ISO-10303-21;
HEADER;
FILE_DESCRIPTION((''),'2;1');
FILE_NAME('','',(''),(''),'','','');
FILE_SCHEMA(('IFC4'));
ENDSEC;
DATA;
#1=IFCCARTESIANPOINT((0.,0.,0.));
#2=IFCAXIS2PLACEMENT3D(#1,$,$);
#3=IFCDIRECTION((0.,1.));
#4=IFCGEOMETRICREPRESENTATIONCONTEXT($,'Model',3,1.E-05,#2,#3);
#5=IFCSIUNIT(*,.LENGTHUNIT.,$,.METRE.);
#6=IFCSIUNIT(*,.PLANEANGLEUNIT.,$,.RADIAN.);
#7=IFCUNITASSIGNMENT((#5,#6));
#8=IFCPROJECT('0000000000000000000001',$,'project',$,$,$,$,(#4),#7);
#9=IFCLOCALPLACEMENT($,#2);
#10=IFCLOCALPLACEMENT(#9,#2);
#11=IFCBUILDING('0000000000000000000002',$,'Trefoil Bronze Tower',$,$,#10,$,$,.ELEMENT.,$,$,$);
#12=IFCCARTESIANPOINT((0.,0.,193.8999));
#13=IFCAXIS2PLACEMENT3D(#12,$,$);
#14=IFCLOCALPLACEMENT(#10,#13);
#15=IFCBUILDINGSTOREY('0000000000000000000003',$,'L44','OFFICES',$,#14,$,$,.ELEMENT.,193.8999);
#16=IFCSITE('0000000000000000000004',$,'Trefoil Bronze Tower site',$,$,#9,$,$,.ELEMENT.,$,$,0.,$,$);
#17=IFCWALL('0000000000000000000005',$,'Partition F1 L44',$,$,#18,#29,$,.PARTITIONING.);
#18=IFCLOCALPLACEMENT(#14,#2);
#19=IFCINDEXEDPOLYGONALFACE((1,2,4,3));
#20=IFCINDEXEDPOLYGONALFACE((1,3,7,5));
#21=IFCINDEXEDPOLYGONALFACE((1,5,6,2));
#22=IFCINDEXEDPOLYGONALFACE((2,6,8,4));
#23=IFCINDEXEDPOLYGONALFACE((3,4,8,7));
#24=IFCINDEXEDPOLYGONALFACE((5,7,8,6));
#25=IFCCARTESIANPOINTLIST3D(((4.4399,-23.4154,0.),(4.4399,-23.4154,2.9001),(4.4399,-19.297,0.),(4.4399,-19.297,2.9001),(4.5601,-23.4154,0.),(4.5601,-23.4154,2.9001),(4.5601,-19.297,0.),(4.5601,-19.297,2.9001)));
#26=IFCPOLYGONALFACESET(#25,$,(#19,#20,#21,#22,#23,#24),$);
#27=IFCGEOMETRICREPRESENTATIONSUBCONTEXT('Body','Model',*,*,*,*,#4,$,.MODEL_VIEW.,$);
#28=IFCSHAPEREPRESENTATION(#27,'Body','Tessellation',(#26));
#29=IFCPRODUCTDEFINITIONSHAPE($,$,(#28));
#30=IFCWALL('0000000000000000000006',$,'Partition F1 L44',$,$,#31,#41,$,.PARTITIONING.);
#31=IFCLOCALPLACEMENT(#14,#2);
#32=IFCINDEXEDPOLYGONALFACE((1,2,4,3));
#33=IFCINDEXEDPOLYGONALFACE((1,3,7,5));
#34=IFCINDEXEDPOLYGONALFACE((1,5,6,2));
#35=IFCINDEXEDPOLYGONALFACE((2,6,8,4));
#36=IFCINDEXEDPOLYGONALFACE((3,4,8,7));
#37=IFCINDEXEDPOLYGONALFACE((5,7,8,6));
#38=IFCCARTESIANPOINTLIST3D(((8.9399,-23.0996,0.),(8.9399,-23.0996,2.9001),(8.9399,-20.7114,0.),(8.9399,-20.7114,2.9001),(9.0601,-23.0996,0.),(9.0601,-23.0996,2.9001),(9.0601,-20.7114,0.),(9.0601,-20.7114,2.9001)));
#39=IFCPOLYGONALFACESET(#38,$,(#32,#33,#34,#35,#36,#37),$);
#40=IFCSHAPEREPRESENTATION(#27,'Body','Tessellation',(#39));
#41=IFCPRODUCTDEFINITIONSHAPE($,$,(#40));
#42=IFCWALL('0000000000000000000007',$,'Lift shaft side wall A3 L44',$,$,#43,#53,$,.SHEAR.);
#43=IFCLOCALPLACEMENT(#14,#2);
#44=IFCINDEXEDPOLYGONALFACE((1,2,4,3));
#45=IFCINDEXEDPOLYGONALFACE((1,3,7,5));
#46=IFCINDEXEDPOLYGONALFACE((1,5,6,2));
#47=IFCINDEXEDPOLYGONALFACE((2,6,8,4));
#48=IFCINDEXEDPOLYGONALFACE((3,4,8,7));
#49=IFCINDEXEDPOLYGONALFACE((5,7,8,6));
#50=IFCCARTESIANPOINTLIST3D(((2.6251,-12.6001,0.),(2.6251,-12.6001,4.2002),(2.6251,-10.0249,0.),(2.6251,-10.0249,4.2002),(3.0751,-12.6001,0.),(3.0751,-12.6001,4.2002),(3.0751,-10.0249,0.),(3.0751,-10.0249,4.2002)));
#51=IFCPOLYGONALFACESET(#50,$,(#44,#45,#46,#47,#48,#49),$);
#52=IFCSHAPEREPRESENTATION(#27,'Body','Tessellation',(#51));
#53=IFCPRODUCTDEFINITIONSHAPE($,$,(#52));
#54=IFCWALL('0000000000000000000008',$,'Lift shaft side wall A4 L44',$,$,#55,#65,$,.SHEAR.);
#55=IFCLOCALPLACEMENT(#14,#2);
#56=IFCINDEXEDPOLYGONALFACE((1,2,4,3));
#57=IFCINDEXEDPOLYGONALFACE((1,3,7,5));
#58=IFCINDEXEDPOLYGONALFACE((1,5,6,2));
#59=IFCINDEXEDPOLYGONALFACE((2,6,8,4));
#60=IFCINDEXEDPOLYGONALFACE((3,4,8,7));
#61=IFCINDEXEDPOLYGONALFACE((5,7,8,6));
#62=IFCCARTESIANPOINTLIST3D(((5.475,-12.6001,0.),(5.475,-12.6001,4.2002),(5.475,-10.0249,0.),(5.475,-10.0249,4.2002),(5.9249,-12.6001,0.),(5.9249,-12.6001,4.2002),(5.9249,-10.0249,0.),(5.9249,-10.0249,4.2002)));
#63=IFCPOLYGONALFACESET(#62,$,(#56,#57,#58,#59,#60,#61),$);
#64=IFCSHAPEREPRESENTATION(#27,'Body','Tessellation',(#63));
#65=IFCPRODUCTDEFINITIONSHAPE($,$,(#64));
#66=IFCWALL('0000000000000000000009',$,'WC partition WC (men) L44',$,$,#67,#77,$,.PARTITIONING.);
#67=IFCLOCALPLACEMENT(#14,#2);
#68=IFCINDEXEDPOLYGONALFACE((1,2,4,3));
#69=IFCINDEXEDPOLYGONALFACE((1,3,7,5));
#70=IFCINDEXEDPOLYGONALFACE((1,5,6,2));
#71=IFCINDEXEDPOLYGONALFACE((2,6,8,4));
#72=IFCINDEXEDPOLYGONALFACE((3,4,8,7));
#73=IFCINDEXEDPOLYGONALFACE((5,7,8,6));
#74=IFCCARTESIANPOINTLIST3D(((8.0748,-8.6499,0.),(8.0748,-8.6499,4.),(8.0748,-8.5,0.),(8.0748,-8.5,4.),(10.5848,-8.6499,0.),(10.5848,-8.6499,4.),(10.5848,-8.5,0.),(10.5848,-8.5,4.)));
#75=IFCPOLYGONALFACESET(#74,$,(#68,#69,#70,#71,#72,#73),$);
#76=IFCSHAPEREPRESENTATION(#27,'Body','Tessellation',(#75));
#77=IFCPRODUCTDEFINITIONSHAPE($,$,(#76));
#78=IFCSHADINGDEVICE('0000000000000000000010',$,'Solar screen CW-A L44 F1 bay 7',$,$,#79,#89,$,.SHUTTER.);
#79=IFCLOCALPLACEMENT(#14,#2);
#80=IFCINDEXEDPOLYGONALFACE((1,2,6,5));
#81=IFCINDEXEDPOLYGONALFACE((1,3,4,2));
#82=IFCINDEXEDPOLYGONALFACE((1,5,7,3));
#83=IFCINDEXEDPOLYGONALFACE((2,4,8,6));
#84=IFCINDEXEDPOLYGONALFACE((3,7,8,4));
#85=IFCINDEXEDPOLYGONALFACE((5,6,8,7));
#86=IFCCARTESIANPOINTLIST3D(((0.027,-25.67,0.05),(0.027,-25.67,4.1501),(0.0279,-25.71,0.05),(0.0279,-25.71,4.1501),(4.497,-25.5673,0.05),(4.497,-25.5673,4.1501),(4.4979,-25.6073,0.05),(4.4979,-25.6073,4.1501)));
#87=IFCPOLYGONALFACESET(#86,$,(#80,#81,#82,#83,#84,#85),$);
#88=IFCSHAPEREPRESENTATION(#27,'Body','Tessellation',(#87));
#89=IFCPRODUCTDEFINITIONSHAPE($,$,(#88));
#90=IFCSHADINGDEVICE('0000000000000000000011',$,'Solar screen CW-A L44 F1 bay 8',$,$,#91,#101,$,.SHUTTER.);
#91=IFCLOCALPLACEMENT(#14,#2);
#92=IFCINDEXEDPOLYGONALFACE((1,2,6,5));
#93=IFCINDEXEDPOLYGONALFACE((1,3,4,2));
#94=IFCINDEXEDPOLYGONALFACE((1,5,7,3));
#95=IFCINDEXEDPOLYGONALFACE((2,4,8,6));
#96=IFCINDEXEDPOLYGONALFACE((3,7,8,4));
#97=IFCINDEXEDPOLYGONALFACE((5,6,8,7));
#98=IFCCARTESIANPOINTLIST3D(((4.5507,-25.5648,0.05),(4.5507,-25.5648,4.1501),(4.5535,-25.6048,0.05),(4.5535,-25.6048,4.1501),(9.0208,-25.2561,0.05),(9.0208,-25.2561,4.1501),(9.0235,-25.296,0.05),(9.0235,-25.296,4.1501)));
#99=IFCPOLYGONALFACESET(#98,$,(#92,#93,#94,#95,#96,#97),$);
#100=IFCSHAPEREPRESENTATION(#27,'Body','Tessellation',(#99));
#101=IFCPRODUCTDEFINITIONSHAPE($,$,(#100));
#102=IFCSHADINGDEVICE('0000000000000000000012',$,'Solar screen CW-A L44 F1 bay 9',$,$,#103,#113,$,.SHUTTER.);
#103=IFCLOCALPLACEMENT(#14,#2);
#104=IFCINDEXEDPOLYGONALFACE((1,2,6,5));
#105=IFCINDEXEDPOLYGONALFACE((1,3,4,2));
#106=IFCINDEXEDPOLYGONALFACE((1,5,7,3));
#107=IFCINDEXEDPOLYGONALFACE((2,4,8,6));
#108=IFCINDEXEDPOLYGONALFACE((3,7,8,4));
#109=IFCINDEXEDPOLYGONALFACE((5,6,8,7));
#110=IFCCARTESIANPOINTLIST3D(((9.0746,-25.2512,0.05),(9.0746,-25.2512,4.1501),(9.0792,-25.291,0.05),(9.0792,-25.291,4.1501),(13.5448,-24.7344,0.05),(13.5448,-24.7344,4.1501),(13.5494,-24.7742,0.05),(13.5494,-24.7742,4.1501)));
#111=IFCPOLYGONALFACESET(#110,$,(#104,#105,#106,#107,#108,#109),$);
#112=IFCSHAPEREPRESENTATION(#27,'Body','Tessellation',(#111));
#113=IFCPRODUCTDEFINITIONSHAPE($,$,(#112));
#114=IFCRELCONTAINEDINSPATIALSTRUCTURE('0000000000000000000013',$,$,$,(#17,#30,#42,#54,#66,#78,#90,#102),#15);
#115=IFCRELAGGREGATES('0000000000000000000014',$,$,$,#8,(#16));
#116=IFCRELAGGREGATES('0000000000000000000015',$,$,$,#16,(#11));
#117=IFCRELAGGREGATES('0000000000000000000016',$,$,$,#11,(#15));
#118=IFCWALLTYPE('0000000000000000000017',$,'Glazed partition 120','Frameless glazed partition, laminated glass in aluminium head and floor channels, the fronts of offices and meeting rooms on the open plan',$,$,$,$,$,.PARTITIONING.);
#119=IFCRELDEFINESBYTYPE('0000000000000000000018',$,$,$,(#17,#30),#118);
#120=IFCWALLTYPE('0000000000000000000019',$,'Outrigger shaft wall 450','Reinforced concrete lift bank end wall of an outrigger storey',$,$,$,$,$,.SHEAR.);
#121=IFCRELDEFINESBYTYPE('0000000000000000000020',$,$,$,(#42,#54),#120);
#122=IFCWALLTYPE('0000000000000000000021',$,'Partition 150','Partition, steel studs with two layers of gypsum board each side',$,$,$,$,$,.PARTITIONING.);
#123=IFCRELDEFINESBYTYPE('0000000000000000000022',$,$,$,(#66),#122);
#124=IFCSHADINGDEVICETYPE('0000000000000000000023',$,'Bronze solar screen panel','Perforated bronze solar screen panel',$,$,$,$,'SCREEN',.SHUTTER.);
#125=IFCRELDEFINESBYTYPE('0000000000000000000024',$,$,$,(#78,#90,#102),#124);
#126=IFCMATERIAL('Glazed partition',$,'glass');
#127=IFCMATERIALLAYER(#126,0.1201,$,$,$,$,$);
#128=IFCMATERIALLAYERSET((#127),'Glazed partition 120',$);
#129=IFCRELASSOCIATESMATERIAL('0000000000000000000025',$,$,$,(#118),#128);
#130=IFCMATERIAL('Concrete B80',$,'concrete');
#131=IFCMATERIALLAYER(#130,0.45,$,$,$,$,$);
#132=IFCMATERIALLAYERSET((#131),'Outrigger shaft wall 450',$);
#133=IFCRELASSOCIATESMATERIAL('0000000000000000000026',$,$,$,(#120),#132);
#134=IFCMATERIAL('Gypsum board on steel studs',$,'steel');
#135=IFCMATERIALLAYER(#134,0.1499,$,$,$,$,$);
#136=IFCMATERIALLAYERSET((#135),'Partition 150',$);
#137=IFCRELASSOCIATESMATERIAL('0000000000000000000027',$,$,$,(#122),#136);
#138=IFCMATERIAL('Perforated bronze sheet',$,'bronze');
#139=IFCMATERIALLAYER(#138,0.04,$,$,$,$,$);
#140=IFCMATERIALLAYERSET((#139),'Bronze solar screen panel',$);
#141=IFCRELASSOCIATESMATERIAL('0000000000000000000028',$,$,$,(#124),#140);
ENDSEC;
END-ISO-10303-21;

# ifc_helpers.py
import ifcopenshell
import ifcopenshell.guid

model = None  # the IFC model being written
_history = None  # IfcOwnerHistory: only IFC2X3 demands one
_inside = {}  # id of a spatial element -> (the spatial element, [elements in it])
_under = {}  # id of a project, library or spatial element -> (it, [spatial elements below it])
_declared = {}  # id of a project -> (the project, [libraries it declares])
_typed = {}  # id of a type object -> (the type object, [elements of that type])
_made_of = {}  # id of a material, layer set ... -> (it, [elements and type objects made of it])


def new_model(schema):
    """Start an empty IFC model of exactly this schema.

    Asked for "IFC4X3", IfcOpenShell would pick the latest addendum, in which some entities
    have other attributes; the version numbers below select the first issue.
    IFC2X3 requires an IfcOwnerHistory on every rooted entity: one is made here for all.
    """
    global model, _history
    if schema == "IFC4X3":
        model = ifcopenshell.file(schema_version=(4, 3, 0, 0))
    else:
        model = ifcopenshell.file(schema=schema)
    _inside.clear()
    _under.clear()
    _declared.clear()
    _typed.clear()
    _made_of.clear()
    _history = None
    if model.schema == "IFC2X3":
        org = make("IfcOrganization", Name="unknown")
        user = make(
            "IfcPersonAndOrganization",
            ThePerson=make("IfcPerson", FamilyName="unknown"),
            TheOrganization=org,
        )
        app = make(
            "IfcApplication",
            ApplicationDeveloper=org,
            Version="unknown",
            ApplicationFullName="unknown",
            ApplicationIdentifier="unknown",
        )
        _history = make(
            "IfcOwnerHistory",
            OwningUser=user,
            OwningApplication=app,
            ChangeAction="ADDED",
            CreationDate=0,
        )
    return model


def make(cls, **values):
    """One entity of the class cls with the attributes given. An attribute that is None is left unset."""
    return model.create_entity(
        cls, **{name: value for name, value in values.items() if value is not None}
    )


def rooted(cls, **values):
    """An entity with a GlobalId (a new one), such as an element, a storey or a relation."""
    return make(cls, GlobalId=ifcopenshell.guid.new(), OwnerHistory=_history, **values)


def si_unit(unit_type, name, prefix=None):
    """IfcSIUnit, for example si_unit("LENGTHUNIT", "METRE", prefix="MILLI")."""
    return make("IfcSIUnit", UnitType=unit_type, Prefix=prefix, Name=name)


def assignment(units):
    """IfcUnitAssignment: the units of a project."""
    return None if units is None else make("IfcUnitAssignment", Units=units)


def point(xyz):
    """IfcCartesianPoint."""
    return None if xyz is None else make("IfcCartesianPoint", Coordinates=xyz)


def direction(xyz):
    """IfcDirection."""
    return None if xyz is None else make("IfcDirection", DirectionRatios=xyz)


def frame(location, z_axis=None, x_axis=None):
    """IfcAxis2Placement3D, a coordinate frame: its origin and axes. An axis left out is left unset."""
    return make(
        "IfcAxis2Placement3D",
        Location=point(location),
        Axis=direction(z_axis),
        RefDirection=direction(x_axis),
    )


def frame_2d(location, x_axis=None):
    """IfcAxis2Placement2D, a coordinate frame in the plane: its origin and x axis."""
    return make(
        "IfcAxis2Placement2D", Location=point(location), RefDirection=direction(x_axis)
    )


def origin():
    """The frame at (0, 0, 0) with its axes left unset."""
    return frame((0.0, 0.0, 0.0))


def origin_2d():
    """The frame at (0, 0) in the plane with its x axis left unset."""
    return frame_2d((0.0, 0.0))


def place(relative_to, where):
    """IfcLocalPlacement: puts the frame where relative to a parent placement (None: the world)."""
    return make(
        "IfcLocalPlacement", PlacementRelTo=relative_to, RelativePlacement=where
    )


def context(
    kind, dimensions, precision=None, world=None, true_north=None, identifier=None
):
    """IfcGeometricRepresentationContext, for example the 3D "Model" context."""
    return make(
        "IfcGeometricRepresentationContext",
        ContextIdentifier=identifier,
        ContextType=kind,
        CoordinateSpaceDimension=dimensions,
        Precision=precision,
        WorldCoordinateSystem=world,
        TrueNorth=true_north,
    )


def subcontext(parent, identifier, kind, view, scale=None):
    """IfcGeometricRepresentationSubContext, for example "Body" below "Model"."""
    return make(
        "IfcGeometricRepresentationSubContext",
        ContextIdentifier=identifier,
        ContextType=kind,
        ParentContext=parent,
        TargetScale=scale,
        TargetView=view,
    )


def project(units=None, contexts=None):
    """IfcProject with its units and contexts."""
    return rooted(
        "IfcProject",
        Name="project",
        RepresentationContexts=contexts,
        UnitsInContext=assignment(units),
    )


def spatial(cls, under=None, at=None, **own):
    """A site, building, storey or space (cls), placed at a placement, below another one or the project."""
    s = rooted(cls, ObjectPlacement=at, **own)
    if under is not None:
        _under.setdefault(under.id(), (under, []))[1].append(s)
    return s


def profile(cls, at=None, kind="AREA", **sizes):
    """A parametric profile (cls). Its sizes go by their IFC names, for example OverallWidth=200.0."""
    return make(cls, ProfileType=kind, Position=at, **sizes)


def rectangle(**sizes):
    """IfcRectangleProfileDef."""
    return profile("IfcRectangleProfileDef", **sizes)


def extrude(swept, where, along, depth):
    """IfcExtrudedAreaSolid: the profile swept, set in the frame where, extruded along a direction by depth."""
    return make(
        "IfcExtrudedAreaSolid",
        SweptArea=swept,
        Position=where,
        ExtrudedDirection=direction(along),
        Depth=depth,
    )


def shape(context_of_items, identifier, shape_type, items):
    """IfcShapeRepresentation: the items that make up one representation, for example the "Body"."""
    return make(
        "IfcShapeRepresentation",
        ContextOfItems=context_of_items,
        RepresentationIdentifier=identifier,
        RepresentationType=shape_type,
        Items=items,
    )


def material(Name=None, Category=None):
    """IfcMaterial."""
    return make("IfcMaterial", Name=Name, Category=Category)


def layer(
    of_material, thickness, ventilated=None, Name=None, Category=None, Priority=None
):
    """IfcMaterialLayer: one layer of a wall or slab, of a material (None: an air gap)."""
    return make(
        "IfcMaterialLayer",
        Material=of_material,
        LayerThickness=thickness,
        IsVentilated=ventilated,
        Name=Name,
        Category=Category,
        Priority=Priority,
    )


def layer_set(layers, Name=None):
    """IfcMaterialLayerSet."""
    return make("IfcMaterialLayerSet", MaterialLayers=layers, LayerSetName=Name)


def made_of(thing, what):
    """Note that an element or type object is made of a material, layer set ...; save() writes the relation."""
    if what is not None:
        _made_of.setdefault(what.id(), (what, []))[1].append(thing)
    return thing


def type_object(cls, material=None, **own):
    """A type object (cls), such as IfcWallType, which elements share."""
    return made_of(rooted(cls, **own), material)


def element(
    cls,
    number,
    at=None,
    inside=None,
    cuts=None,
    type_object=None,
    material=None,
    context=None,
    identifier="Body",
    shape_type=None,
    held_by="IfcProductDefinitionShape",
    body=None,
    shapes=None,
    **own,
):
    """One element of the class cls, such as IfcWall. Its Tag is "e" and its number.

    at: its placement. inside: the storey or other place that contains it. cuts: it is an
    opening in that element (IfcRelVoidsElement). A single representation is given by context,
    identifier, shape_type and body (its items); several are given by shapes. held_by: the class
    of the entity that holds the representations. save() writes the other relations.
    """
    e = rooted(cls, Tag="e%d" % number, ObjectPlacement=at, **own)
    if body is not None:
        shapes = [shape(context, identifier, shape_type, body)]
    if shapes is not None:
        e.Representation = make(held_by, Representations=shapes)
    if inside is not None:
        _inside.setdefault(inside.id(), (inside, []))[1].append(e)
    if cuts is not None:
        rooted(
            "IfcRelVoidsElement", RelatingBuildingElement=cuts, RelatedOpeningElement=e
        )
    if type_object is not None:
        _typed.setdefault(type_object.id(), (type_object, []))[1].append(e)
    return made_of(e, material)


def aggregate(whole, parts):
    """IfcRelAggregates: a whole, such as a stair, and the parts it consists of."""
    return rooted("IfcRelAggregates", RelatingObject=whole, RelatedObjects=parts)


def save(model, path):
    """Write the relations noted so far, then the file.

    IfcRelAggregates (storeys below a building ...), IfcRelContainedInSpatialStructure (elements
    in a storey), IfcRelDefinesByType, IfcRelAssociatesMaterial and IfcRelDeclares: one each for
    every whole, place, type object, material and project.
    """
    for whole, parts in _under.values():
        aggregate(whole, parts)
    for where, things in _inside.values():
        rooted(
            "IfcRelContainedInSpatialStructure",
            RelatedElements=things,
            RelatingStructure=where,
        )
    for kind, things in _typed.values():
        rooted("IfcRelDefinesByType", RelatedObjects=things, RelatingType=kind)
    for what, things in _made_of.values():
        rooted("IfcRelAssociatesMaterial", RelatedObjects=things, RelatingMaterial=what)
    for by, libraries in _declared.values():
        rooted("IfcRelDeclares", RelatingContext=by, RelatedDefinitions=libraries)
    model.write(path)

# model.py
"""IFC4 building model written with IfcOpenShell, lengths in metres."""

from ifc_helpers import new_model, si_unit, direction, frame, frame_2d, origin, origin_2d, place, context, subcontext, project, spatial, rectangle, extrude, material, layer, layer_set, type_object, element, save


model = new_model("IFC4")

# Units and contexts
model_context = context("Model", 3, precision=1e-05, world=origin(), true_north=direction((0.0, 1.0)))
body_context = subcontext(model_context, "Body", "Model", "MODEL_VIEW")
ifc_project = project(units=[si_unit("LENGTHUNIT", "METRE"), si_unit("PLANEANGLEUNIT", "RADIAN")], contexts=[model_context])

# Site, building, storey
site_placement = place(None, origin())
site = spatial("IfcSite", under=ifc_project, at=site_placement, Name="Trefoil Bronze Tower site", CompositionType="ELEMENT", RefElevation=0.0)
building_placement = place(site_placement, origin())
building = spatial("IfcBuilding", under=site, at=building_placement, Name="Trefoil Bronze Tower", CompositionType="ELEMENT")
storey_placement = place(building_placement, frame((0.0, 0.0, 193.8999)))
storey = spatial("IfcBuildingStorey", under=building, at=storey_placement, Name="L44", Description="OFFICES", CompositionType="ELEMENT", Elevation=193.8999)

# Shared definitions
ifc_material_1 = material(Name="Glazed partition", Category="glass")
ifc_layer_1 = layer(ifc_material_1, 0.1201)
ifc_layer_set_1 = layer_set([ifc_layer_1], Name="Glazed partition 120")
wall_type_1 = type_object("IfcWallType", Name="Glazed partition 120", Description="Frameless glazed partition, laminated glass in aluminium head and floor channels, the fronts of offices and meeting rooms on the open plan", PredefinedType="PARTITIONING", material=ifc_layer_set_1)

# Walls
wall_1_placement = place(storey_placement, frame((4.5, -19.2971, 0.0), z_axis=(0.0, 0.0, 1.0), x_axis=(0.0, -1.0, 0.0)))
element("IfcWall", 1, at=wall_1_placement, inside=storey, type_object=wall_type_1, Name="Partition F1 L44", PredefinedType="PARTITIONING", context=body_context, shape_type="SweptSolid", body=[
    extrude(rectangle(XDim=4.1184, YDim=0.1201, at=frame_2d((2.0591, 0.0))), origin(), (0.0, 0.0, 1.0), 2.9001),
])
wall_2_placement = place(storey_placement, frame((9.0, -20.7114, 0.0), z_axis=(0.0, 0.0, 1.0), x_axis=(0.0, -1.0, 0.0)))
element("IfcWall", 2, at=wall_2_placement, inside=storey, type_object=wall_type_1, Name="Partition F1 L44", PredefinedType="PARTITIONING", context=body_context, shape_type="SweptSolid", body=[
    extrude(rectangle(XDim=2.3882, YDim=0.1201, at=frame_2d((1.1941, 0.0))), origin(), (0.0, 0.0, 1.0), 2.9001),
])
ifc_material_2 = material(Name="Concrete B80", Category="concrete")
ifc_layer_2 = layer(ifc_material_2, 0.45)
ifc_layer_set_2 = layer_set([ifc_layer_2], Name="Outrigger shaft wall 450")
wall_type_2 = type_object("IfcWallType", Name="Outrigger shaft wall 450", Description="Reinforced concrete lift bank end wall of an outrigger storey", PredefinedType="SHEAR", material=ifc_layer_set_2)
for number, where, z_axis, x_axis, name in (
    (3, (2.8501, -10.0249, 0.0), (0.0, 0.0, 1.0), (0.0, -1.0, 0.0), "Lift shaft side wall A3 L44"),
    (4, (5.7, -10.0249, 0.0), (0.0, 0.0, 1.0), (0.0, -1.0, 0.0), "Lift shaft side wall A4 L44"),
):
    element("IfcWall", number, at=place(storey_placement, frame(where, z_axis=z_axis, x_axis=x_axis)), inside=storey, type_object=wall_type_2, Name=name, PredefinedType="SHEAR", context=body_context, shape_type="SweptSolid", body=[
        extrude(rectangle(XDim=2.5752, YDim=0.45, at=frame_2d((1.2876, 0.0))), origin(), (0.0, 0.0, 1.0), 4.2002),
    ])
ifc_material_3 = material(Name="Gypsum board on steel studs", Category="steel")
ifc_layer_3 = layer(ifc_material_3, 0.1499)
ifc_layer_set_3 = layer_set([ifc_layer_3], Name="Partition 150")
wall_type_3 = type_object("IfcWallType", Name="Partition 150", Description="Partition, steel studs with two layers of gypsum board each side", PredefinedType="PARTITIONING", material=ifc_layer_set_3)
wall_3_placement = place(storey_placement, frame((8.075, -8.575, 0.0), z_axis=(0.0, 0.0, 1.0), x_axis=(1.0, 0.0, 0.0)))
element("IfcWall", 5, at=wall_3_placement, inside=storey, type_object=wall_type_3, Name="WC partition WC (men) L44", PredefinedType="PARTITIONING", context=body_context, shape_type="SweptSolid", body=[
    extrude(rectangle(XDim=2.51, YDim=0.1499, at=frame_2d((1.2549, 0.0))), origin(), (0.0, 0.0, 1.0), 4.0),
])

# Shading devices
ifc_material_4 = material(Name="Perforated bronze sheet", Category="bronze")
ifc_layer_4 = layer(ifc_material_4, 0.04)
ifc_layer_set_4 = layer_set([ifc_layer_4], Name="Bronze solar screen panel")
shading_device_type = type_object("IfcShadingDeviceType", Name="Bronze solar screen panel", Description="Perforated bronze solar screen panel", ElementType="SCREEN", PredefinedType="SHUTTER", material=ifc_layer_set_4)
shading_device_1_placement = place(storey_placement, frame((2.2625, -25.6387, 0.05), z_axis=(0.0, 0.0, 1.0), x_axis=(0.999736, 0.022972, 0.0)))
element("IfcShadingDevice", 6, at=shading_device_1_placement, inside=storey, type_object=shading_device_type, Name="Solar screen CW-A L44 F1 bay 7", PredefinedType="SHUTTER", context=body_context, shape_type="SweptSolid", body=[
    extrude(rectangle(XDim=4.4712, YDim=0.04, at=origin_2d()), origin(), (0.0, 0.0, 1.0), 4.1001),
])
shading_device_2_placement = place(storey_placement, frame((6.7871, -25.4304, 0.05), z_axis=(0.0, 0.0, 1.0), x_axis=(0.997623, 0.068915, 0.0)))
element("IfcShadingDevice", 7, at=shading_device_2_placement, inside=storey, type_object=shading_device_type, Name="Solar screen CW-A L44 F1 bay 8", PredefinedType="SHUTTER", context=body_context, shape_type="SweptSolid", body=[
    extrude(rectangle(XDim=4.4807, YDim=0.04, at=origin_2d()), origin(), (0.0, 0.0, 1.0), 4.1001),
])
shading_device_3_placement = place(storey_placement, frame((11.312, -25.0127, 0.05), z_axis=(0.0, 0.0, 1.0), x_axis=(0.993382, 0.114859, 0.0)))
element("IfcShadingDevice", 8, at=shading_device_3_placement, inside=storey, type_object=shading_device_type, Name="Solar screen CW-A L44 F1 bay 9", PredefinedType="SHUTTER", context=body_context, shape_type="SweptSolid", body=[
    extrude(rectangle(XDim=4.5, YDim=0.04, at=origin_2d()), origin(), (0.0, 0.0, 1.0), 4.1001),
])

save(model, "model.ifc")
